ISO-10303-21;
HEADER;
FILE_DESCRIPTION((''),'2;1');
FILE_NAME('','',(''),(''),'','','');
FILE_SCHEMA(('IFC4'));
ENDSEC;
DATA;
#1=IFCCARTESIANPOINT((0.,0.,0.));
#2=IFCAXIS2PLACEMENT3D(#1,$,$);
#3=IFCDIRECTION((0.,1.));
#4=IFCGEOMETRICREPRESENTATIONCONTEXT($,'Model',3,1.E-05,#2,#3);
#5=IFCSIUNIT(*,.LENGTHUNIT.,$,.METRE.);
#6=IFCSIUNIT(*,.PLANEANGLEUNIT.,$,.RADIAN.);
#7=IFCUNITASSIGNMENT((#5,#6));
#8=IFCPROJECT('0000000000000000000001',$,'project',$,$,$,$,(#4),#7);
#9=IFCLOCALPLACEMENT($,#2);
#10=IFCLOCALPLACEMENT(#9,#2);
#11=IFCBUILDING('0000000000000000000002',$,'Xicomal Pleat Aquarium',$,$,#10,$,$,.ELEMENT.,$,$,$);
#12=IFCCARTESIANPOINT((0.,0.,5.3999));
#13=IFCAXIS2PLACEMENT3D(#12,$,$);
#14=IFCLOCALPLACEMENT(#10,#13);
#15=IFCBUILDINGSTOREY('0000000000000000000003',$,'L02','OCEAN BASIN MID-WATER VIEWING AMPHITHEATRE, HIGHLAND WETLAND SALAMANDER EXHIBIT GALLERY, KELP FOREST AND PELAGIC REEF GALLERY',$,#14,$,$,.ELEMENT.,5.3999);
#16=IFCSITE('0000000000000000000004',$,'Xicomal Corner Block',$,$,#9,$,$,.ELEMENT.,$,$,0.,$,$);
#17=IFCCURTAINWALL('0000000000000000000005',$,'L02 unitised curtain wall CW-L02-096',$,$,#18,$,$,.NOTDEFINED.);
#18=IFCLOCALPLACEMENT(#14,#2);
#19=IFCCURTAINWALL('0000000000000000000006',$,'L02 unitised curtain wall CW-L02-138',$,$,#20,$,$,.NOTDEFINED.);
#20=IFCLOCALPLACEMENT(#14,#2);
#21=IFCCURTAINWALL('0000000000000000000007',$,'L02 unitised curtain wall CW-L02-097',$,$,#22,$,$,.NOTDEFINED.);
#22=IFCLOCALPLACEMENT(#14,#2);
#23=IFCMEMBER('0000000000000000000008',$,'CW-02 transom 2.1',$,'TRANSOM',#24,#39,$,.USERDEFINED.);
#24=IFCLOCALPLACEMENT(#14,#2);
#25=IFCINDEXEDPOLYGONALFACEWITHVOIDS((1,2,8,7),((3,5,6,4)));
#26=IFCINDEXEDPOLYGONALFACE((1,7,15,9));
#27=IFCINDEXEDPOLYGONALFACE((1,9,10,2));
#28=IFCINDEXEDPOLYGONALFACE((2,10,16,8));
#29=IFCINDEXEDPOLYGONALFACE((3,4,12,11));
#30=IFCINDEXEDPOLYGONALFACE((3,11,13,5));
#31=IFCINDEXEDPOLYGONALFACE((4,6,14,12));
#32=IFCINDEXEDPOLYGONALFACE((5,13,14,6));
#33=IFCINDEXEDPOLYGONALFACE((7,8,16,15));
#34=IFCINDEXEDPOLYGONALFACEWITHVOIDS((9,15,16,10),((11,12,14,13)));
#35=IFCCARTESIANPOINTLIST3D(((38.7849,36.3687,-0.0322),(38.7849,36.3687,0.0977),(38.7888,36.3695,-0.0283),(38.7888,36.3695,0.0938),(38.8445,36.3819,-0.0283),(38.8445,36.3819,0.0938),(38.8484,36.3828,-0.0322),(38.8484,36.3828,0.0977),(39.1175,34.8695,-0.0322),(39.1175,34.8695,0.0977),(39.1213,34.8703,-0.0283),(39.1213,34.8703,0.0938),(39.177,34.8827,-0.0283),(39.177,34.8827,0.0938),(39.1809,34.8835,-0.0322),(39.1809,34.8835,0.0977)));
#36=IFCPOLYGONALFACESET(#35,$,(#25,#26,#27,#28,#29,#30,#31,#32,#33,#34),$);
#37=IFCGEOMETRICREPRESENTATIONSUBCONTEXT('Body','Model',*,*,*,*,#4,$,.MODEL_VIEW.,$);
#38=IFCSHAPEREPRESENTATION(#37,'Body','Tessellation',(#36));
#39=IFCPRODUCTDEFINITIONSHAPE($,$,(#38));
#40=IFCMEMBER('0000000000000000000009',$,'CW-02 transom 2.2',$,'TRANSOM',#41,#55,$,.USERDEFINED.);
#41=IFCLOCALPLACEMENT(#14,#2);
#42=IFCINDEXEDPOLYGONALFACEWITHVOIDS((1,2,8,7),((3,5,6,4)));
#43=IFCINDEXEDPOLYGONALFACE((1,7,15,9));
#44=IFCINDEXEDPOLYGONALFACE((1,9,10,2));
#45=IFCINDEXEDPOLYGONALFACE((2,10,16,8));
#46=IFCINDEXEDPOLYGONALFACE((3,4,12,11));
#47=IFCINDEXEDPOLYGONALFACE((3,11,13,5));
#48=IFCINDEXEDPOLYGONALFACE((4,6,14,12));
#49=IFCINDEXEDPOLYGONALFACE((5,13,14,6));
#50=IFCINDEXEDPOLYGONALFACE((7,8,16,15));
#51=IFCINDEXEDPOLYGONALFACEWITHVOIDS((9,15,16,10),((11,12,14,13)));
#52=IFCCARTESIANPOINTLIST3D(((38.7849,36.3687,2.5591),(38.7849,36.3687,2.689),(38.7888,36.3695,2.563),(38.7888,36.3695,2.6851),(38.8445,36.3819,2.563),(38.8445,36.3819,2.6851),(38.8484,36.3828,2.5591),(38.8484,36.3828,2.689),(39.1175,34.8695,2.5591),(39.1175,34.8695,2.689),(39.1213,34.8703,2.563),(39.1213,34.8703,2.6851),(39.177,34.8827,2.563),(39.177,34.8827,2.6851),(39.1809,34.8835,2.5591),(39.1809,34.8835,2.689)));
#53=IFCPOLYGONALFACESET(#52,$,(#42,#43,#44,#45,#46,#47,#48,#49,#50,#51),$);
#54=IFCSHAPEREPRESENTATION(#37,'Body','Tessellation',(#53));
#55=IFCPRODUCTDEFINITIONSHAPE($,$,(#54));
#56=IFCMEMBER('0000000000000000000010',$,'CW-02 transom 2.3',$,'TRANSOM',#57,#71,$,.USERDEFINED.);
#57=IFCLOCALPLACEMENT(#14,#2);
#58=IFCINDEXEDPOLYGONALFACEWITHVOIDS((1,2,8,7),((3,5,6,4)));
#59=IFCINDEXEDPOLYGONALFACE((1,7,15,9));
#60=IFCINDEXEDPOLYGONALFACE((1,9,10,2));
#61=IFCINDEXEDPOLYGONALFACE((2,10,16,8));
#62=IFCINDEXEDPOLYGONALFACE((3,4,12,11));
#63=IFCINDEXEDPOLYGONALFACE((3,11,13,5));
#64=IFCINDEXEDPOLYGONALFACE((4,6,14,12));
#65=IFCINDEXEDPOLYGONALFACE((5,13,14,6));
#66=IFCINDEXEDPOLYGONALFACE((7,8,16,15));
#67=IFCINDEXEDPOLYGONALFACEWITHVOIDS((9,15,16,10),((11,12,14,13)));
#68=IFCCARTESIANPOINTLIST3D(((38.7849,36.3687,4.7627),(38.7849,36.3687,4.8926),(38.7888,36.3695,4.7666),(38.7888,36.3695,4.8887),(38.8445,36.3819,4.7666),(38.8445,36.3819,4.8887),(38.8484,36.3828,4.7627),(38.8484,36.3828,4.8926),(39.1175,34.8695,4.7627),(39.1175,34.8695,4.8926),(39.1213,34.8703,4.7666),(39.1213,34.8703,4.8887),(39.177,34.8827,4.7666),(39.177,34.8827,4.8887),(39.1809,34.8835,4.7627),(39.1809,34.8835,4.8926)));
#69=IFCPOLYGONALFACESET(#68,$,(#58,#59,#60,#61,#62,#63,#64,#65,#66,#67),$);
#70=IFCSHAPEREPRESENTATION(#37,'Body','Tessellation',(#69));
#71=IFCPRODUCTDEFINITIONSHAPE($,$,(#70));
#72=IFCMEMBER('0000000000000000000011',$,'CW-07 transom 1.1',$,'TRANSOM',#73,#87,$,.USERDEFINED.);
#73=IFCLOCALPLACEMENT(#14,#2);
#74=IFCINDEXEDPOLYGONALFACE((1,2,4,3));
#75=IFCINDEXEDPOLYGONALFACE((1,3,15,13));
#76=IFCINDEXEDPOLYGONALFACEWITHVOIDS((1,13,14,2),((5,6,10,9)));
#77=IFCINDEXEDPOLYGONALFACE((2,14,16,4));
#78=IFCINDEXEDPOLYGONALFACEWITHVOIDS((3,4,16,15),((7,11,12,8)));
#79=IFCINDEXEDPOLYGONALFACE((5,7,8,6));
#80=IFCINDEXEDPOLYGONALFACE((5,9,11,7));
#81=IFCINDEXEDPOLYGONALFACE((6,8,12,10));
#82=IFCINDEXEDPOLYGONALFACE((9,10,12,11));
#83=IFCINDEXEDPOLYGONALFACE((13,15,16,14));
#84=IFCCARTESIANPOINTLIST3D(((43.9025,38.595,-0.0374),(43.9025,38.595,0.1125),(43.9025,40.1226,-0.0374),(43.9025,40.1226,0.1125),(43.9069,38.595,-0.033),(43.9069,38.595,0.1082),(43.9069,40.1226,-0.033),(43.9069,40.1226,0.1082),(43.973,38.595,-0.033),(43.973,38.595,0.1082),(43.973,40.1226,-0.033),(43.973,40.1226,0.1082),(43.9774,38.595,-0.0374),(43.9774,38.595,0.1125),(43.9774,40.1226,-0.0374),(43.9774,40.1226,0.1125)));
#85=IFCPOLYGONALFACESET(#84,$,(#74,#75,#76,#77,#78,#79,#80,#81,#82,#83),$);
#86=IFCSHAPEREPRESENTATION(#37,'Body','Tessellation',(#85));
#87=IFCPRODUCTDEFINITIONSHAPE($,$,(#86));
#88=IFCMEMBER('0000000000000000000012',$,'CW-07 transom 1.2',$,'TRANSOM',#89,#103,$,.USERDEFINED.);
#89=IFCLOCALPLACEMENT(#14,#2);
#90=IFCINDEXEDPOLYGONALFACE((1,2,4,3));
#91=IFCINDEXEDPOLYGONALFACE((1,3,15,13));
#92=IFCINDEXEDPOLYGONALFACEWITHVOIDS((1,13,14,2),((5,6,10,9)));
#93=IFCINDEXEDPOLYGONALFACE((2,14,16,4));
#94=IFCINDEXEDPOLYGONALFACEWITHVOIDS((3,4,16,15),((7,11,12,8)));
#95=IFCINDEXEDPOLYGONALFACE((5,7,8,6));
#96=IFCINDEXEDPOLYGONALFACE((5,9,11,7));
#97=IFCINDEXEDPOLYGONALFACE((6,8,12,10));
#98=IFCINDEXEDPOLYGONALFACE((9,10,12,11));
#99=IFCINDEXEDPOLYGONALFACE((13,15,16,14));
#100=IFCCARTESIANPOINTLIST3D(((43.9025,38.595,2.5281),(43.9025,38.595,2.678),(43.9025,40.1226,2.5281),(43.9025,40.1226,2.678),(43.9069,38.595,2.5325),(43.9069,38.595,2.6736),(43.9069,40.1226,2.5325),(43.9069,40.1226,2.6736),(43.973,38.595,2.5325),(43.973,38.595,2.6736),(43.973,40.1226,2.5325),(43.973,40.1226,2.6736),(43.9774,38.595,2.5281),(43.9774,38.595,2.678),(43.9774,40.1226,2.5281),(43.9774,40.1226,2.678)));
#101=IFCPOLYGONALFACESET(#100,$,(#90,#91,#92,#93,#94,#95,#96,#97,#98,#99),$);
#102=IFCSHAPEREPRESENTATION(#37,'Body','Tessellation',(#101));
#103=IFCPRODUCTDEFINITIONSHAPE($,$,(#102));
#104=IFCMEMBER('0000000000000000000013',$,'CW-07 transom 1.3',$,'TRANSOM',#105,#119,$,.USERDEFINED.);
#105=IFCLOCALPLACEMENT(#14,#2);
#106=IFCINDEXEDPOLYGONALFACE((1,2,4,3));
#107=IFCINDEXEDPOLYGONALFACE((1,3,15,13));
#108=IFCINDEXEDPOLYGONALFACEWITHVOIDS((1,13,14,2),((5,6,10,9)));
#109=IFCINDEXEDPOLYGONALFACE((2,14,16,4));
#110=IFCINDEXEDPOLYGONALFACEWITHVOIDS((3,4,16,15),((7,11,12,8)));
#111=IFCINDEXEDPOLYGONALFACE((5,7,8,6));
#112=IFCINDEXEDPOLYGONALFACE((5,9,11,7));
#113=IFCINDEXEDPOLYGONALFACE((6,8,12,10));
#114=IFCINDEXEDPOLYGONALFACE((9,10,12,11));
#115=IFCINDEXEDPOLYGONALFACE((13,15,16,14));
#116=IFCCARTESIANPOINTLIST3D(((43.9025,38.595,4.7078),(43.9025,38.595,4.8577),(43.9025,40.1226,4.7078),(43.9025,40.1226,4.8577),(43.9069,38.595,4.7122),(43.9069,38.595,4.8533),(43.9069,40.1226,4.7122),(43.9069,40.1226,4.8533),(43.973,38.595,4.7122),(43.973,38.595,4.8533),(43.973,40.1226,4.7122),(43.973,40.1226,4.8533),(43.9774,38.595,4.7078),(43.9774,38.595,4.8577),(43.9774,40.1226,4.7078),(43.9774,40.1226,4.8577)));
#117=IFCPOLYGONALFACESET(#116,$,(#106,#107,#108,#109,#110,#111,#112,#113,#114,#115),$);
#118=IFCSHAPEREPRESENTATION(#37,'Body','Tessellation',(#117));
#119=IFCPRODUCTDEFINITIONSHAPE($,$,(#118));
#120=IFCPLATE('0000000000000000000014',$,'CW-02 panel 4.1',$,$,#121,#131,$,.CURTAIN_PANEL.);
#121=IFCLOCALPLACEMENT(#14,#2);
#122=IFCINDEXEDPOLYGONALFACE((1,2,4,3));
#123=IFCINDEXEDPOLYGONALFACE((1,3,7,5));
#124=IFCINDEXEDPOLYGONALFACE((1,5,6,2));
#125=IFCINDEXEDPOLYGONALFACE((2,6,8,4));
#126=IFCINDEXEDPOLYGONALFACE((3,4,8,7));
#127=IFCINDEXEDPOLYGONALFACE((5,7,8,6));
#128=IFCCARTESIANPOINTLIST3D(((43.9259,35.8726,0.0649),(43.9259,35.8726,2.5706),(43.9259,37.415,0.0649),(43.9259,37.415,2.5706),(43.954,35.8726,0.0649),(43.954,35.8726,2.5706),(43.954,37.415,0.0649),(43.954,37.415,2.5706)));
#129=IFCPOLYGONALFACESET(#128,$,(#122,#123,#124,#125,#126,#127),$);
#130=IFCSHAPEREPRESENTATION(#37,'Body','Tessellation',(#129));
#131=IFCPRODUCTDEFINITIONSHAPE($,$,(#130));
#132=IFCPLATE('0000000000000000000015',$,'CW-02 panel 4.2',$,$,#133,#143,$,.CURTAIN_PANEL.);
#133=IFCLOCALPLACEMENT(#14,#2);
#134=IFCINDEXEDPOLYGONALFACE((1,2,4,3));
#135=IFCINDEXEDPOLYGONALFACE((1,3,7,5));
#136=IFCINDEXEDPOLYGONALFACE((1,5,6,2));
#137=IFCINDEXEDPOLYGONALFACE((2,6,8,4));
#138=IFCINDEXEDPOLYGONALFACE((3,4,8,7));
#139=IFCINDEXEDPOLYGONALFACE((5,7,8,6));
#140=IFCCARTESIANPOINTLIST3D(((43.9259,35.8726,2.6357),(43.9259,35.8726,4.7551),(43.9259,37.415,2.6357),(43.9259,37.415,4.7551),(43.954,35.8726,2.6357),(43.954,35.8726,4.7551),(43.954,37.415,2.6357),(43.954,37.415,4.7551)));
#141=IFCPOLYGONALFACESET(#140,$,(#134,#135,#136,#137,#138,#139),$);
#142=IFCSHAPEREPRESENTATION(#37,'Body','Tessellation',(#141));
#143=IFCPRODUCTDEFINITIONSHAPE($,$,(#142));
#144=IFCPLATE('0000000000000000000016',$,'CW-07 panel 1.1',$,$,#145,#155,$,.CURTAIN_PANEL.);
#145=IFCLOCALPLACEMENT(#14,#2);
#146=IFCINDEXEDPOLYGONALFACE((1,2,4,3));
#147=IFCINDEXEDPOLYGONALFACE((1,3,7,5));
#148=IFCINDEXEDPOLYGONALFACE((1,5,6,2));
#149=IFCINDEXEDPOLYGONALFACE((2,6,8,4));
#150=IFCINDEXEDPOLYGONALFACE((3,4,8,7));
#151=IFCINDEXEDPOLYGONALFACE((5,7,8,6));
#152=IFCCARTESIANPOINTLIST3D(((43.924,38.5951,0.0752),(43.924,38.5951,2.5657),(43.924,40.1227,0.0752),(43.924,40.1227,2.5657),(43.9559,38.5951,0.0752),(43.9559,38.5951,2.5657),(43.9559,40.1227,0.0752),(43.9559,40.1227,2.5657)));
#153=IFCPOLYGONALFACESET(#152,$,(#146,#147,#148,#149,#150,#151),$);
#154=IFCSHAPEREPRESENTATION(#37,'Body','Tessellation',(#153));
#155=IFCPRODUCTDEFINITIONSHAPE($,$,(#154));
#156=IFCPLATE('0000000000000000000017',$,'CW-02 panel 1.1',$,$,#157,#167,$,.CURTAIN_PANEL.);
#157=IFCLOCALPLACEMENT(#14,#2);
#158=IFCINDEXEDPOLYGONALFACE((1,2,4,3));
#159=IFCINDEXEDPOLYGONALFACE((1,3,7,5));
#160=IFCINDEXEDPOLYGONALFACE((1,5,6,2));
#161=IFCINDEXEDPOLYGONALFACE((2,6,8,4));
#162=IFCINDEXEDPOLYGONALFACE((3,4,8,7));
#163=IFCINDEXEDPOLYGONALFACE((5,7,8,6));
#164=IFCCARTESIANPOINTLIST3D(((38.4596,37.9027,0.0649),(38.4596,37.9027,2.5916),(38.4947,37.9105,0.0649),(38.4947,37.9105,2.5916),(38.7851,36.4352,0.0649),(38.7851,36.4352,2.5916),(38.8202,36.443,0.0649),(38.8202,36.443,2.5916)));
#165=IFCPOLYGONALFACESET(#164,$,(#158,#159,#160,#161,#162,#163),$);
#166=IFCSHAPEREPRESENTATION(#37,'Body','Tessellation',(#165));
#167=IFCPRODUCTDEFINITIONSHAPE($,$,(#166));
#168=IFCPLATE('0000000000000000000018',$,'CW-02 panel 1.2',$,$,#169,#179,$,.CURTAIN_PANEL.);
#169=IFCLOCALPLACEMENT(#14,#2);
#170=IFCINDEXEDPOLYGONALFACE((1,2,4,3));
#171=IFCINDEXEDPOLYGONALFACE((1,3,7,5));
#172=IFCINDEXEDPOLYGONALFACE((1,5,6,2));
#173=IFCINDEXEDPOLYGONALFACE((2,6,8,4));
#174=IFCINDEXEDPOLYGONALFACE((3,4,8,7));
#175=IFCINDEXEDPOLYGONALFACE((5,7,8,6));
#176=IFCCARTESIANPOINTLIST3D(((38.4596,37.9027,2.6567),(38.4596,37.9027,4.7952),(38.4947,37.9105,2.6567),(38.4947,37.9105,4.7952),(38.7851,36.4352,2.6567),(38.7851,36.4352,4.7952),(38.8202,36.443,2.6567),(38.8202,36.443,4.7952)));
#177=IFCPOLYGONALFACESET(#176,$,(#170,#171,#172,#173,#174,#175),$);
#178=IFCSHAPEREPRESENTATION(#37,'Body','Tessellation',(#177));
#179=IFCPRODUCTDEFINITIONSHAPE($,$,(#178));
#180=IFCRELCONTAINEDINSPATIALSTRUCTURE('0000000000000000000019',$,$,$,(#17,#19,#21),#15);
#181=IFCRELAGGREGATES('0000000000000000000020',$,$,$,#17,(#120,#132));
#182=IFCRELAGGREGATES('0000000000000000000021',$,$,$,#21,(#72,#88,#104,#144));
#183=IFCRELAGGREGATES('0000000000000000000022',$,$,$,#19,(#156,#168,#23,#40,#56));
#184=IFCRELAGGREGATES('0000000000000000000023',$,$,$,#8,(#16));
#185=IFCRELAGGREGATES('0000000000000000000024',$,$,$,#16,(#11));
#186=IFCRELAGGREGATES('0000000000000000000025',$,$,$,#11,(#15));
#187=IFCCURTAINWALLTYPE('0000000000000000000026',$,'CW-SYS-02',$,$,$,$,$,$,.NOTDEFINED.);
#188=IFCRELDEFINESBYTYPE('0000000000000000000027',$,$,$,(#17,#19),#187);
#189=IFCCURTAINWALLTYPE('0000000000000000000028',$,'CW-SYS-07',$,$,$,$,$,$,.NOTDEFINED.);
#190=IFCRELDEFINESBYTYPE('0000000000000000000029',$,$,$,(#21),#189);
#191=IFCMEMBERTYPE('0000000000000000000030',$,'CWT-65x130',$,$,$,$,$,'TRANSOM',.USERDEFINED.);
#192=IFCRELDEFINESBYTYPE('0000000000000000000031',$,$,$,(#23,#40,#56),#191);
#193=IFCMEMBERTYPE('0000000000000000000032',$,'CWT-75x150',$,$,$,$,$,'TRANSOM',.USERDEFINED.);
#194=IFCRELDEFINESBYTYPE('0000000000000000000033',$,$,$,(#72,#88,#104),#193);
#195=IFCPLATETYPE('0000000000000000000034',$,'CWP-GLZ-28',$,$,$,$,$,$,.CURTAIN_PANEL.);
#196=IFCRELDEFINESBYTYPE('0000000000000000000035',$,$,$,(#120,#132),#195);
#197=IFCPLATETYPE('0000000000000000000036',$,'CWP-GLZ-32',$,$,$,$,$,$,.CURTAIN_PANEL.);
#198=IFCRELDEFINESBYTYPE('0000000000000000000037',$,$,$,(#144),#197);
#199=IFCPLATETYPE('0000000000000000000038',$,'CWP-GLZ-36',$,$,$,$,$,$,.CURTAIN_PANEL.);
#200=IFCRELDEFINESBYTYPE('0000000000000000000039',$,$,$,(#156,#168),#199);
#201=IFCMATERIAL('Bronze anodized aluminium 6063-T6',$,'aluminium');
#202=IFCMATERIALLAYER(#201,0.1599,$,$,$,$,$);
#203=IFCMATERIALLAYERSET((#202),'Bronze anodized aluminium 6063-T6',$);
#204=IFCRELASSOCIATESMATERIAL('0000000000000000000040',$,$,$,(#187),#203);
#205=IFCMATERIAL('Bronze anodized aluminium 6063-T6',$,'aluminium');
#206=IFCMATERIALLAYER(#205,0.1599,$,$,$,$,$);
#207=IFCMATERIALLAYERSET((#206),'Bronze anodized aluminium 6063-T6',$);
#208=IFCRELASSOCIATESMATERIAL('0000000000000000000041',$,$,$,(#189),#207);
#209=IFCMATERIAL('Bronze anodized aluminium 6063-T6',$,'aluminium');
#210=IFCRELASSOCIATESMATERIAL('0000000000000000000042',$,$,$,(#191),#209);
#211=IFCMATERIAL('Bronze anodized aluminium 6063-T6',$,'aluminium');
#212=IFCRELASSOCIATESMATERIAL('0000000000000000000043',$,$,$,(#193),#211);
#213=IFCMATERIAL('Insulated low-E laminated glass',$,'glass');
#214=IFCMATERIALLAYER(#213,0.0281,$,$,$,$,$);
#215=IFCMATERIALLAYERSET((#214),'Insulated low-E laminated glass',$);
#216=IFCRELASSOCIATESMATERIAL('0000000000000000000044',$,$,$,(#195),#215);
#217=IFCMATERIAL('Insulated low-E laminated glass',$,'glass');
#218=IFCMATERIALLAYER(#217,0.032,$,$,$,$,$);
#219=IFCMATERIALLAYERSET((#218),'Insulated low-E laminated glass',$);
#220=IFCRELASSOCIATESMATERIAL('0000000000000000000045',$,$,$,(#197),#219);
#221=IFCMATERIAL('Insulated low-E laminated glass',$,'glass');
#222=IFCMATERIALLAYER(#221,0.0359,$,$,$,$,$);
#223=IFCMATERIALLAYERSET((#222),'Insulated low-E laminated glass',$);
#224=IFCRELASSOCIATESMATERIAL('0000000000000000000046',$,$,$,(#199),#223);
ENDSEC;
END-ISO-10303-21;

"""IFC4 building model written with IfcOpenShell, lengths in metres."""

from ifc_helpers import new_model, si_unit, direction, frame, origin, origin_2d, place, context, subcontext, project, spatial, rectangle, hollow_rectangle, extrude, material, layer, layer_set, material_profile, profile_set, type_object, element, aggregate, save


model = new_model("IFC4")

# Units and contexts
model_context = context("Model", 3, precision=1e-05, world=origin(), true_north=direction((0.0, 1.0)))
body_context = subcontext(model_context, "Body", "Model", "MODEL_VIEW")
ifc_project = project(units=[si_unit("LENGTHUNIT", "METRE"), si_unit("PLANEANGLEUNIT", "RADIAN")], contexts=[model_context])

# Site, building, storey
site_placement = place(None, origin())
site = spatial("IfcSite", under=ifc_project, at=site_placement, Name="Xicomal Corner Block", CompositionType="ELEMENT", RefElevation=0.0)
building_placement = place(site_placement, origin())
building = spatial("IfcBuilding", under=site, at=building_placement, Name="Xicomal Pleat Aquarium", CompositionType="ELEMENT")
storey_placement = place(building_placement, frame((0.0, 0.0, 5.3999)))
storey = spatial("IfcBuildingStorey", under=building, at=storey_placement, Name="L02", Description="OCEAN BASIN MID-WATER VIEWING AMPHITHEATRE, HIGHLAND WETLAND SALAMANDER EXHIBIT GALLERY, KELP FOREST AND PELAGIC REEF GALLERY", CompositionType="ELEMENT", Elevation=5.3999)

# Curtain walls
ifc_material_1 = material(Name="Bronze anodized aluminium 6063-T6", Category="aluminium")
ifc_layer_1 = layer(ifc_material_1, 0.1599)
ifc_layer_set_1 = layer_set([ifc_layer_1], Name="Bronze anodized aluminium 6063-T6")
curtain_wall_type_1 = type_object("IfcCurtainWallType", Name="CW-SYS-02", PredefinedType="NOTDEFINED", material=ifc_layer_set_1)
curtain_wall_1_placement = place(storey_placement, origin())
curtain_wall_1 = element("IfcCurtainWall", 1, at=curtain_wall_1_placement, inside=storey, type_object=curtain_wall_type_1, Name="L02 unitised curtain wall CW-L02-096", PredefinedType="NOTDEFINED")
curtain_wall_2_placement = place(storey_placement, origin())
curtain_wall_2 = element("IfcCurtainWall", 2, at=curtain_wall_2_placement, inside=storey, type_object=curtain_wall_type_1, Name="L02 unitised curtain wall CW-L02-138", PredefinedType="NOTDEFINED")
ifc_material_2 = material(Name="Bronze anodized aluminium 6063-T6", Category="aluminium")
ifc_layer_2 = layer(ifc_material_2, 0.1599)
ifc_layer_set_2 = layer_set([ifc_layer_2], Name="Bronze anodized aluminium 6063-T6")
curtain_wall_type_2 = type_object("IfcCurtainWallType", Name="CW-SYS-07", PredefinedType="NOTDEFINED", material=ifc_layer_set_2)
curtain_wall_3_placement = place(storey_placement, origin())
curtain_wall_3 = element("IfcCurtainWall", 3, at=curtain_wall_3_placement, inside=storey, type_object=curtain_wall_type_2, Name="L02 unitised curtain wall CW-L02-097", PredefinedType="NOTDEFINED")

# Members
ifc_material_3 = material(Name="Bronze anodized aluminium 6063-T6", Category="aluminium")
ifc_material_profile_1 = material_profile(ifc_material_3, hollow_rectangle(XDim=0.0649, YDim=0.1299, WallThickness=0.0039, at=origin_2d()), Name="ALU TRAN 65x130")
ifc_profile_set_1 = profile_set([ifc_material_profile_1], Name="Bronze anodized aluminium 6063-T6")
member_type_1 = type_object("IfcMemberType", Name="CWT-65x130", ElementType="TRANSOM", PredefinedType="USERDEFINED", material=ifc_profile_set_1)
member_1_placement = place(storey_placement, frame((38.8167, 36.3757, 0.0327), z_axis=(0.216526, -0.976277, 0.0), x_axis=(0.976277, 0.216526, 0.0)))
member_1 = element("IfcMember", 4, at=member_1_placement, type_object=member_type_1, Name="CW-02 transom 2.1", ObjectType="TRANSOM", PredefinedType="USERDEFINED", context=body_context, shape_type="SweptSolid", body=[
    extrude(hollow_rectangle(XDim=0.0649, YDim=0.1299, WallThickness=0.0039, at=origin_2d()), origin(), (0.0, 0.0, 1.0), 1.5356),
])
member_2_placement = place(storey_placement, frame((38.8167, 36.3757, 2.624), z_axis=(0.216526, -0.976277, 0.0), x_axis=(0.976277, 0.216526, 0.0)))
member_2 = element("IfcMember", 5, at=member_2_placement, type_object=member_type_1, Name="CW-02 transom 2.2", ObjectType="TRANSOM", PredefinedType="USERDEFINED", context=body_context, shape_type="SweptSolid", body=[
    extrude(hollow_rectangle(XDim=0.0649, YDim=0.1299, WallThickness=0.0039, at=origin_2d()), origin(), (0.0, 0.0, 1.0), 1.5356),
])
member_3_placement = place(storey_placement, frame((38.8167, 36.3757, 4.8276), z_axis=(0.216526, -0.976277, 0.0), x_axis=(0.976277, 0.216526, 0.0)))
member_3 = element("IfcMember", 6, at=member_3_placement, type_object=member_type_1, Name="CW-02 transom 2.3", ObjectType="TRANSOM", PredefinedType="USERDEFINED", context=body_context, shape_type="SweptSolid", body=[
    extrude(hollow_rectangle(XDim=0.0649, YDim=0.1299, WallThickness=0.0039, at=origin_2d()), origin(), (0.0, 0.0, 1.0), 1.5356),
])
ifc_material_4 = material(Name="Bronze anodized aluminium 6063-T6", Category="aluminium")
ifc_material_profile_2 = material_profile(ifc_material_4, hollow_rectangle(XDim=0.075, YDim=0.1499, WallThickness=0.0044, at=origin_2d()), Name="ALU TRAN 75x150")
ifc_profile_set_2 = profile_set([ifc_material_profile_2], Name="Bronze anodized aluminium 6063-T6")
member_type_2 = type_object("IfcMemberType", Name="CWT-75x150", ElementType="TRANSOM", PredefinedType="USERDEFINED", material=ifc_profile_set_2)
member_4_placement = place(storey_placement, frame((43.9399, 38.595, 0.0376), z_axis=(0.0, 1.0, 0.0), x_axis=(-1.0, 0.0, 0.0)))
member_4 = element("IfcMember", 7, at=member_4_placement, type_object=member_type_2, Name="CW-07 transom 1.1", ObjectType="TRANSOM", PredefinedType="USERDEFINED", context=body_context, shape_type="SweptSolid", body=[
    extrude(hollow_rectangle(XDim=0.075, YDim=0.1499, WallThickness=0.0044, at=origin_2d()), origin(), (0.0, 0.0, 1.0), 1.5276),
])
member_5_placement = place(storey_placement, frame((43.9399, 38.595, 2.603), z_axis=(0.0, 1.0, 0.0), x_axis=(-1.0, 0.0, 0.0)))
member_5 = element("IfcMember", 8, at=member_5_placement, type_object=member_type_2, Name="CW-07 transom 1.2", ObjectType="TRANSOM", PredefinedType="USERDEFINED", context=body_context, shape_type="SweptSolid", body=[
    extrude(hollow_rectangle(XDim=0.075, YDim=0.1499, WallThickness=0.0044, at=origin_2d()), origin(), (0.0, 0.0, 1.0), 1.5276),
])
member_6_placement = place(storey_placement, frame((43.9399, 38.595, 4.7827), z_axis=(0.0, 1.0, 0.0), x_axis=(-1.0, 0.0, 0.0)))
member_6 = element("IfcMember", 9, at=member_6_placement, type_object=member_type_2, Name="CW-07 transom 1.3", ObjectType="TRANSOM", PredefinedType="USERDEFINED", context=body_context, shape_type="SweptSolid", body=[
    extrude(hollow_rectangle(XDim=0.075, YDim=0.1499, WallThickness=0.0044, at=origin_2d()), origin(), (0.0, 0.0, 1.0), 1.5276),
])

# Plates
ifc_material_5 = material(Name="Insulated low-E laminated glass", Category="glass")
ifc_layer_3 = layer(ifc_material_5, 0.0281)
ifc_layer_set_3 = layer_set([ifc_layer_3], Name="Insulated low-E laminated glass")
plate_type_1 = type_object("IfcPlateType", Name="CWP-GLZ-28", PredefinedType="CURTAIN_PANEL", material=ifc_layer_set_3)
plate_1_placement = place(storey_placement, frame((43.9399, 36.6438, 0.0649), z_axis=(0.0, 0.0, 1.0), x_axis=(0.0, 1.0, 0.0)))
plate_1 = element("IfcPlate", 10, at=plate_1_placement, type_object=plate_type_1, Name="CW-02 panel 4.1", PredefinedType="CURTAIN_PANEL", context=body_context, shape_type="SweptSolid", body=[
    extrude(rectangle(XDim=1.5425, YDim=0.0281, at=origin_2d()), origin(), (0.0, 0.0, 1.0), 2.5056),
])
plate_2_placement = place(storey_placement, frame((43.9399, 36.6438, 2.6357), z_axis=(0.0, 0.0, 1.0), x_axis=(0.0, 1.0, 0.0)))
plate_2 = element("IfcPlate", 11, at=plate_2_placement, type_object=plate_type_1, Name="CW-02 panel 4.2", PredefinedType="CURTAIN_PANEL", context=body_context, shape_type="SweptSolid", body=[
    extrude(rectangle(XDim=1.5425, YDim=0.0281, at=origin_2d()), origin(), (0.0, 0.0, 1.0), 2.1194),
])
aggregate(curtain_wall_1, [plate_1, plate_2])
ifc_material_6 = material(Name="Insulated low-E laminated glass", Category="glass")
ifc_layer_4 = layer(ifc_material_6, 0.032)
ifc_layer_set_4 = layer_set([ifc_layer_4], Name="Insulated low-E laminated glass")
plate_type_2 = type_object("IfcPlateType", Name="CWP-GLZ-32", PredefinedType="CURTAIN_PANEL", material=ifc_layer_set_4)
plate_3_placement = place(storey_placement, frame((43.9399, 39.3589, 0.0752), z_axis=(0.0, 0.0, 1.0), x_axis=(0.0, 1.0, 0.0)))
plate_3 = element("IfcPlate", 12, at=plate_3_placement, type_object=plate_type_2, Name="CW-07 panel 1.1", PredefinedType="CURTAIN_PANEL", context=body_context, shape_type="SweptSolid", body=[
    extrude(rectangle(XDim=1.5276, YDim=0.032, at=origin_2d()), origin(), (0.0, 0.0, 1.0), 2.4905),
])
aggregate(curtain_wall_3, [member_4, member_5, member_6, plate_3])
ifc_material_7 = material(Name="Insulated low-E laminated glass", Category="glass")
ifc_layer_5 = layer(ifc_material_7, 0.0359)
ifc_layer_set_5 = layer_set([ifc_layer_5], Name="Insulated low-E laminated glass")
plate_type_3 = type_object("IfcPlateType", Name="CWP-GLZ-36", PredefinedType="CURTAIN_PANEL", material=ifc_layer_set_5)
plate_4_placement = place(storey_placement, frame((38.6399, 37.1729, 0.0649), z_axis=(0.0, 0.0, 1.0), x_axis=(0.216547, -0.976272, 0.0)))
plate_4 = element("IfcPlate", 13, at=plate_4_placement, type_object=plate_type_3, Name="CW-02 panel 1.1", PredefinedType="CURTAIN_PANEL", context=body_context, shape_type="SweptSolid", body=[
    extrude(rectangle(XDim=1.5032, YDim=0.0359, at=origin_2d()), origin(), (0.0, 0.0, 1.0), 2.5266),
])
plate_5_placement = place(storey_placement, frame((38.6399, 37.1729, 2.6567), z_axis=(0.0, 0.0, 1.0), x_axis=(0.216547, -0.976272, 0.0)))
plate_5 = element("IfcPlate", 14, at=plate_5_placement, type_object=plate_type_3, Name="CW-02 panel 1.2", PredefinedType="CURTAIN_PANEL", context=body_context, shape_type="SweptSolid", body=[
    extrude(rectangle(XDim=1.5032, YDim=0.0359, at=origin_2d()), origin(), (0.0, 0.0, 1.0), 2.1384),
])
aggregate(curtain_wall_2, [plate_4, plate_5, member_1, member_2, member_3])

save(model, "model.ifc")
